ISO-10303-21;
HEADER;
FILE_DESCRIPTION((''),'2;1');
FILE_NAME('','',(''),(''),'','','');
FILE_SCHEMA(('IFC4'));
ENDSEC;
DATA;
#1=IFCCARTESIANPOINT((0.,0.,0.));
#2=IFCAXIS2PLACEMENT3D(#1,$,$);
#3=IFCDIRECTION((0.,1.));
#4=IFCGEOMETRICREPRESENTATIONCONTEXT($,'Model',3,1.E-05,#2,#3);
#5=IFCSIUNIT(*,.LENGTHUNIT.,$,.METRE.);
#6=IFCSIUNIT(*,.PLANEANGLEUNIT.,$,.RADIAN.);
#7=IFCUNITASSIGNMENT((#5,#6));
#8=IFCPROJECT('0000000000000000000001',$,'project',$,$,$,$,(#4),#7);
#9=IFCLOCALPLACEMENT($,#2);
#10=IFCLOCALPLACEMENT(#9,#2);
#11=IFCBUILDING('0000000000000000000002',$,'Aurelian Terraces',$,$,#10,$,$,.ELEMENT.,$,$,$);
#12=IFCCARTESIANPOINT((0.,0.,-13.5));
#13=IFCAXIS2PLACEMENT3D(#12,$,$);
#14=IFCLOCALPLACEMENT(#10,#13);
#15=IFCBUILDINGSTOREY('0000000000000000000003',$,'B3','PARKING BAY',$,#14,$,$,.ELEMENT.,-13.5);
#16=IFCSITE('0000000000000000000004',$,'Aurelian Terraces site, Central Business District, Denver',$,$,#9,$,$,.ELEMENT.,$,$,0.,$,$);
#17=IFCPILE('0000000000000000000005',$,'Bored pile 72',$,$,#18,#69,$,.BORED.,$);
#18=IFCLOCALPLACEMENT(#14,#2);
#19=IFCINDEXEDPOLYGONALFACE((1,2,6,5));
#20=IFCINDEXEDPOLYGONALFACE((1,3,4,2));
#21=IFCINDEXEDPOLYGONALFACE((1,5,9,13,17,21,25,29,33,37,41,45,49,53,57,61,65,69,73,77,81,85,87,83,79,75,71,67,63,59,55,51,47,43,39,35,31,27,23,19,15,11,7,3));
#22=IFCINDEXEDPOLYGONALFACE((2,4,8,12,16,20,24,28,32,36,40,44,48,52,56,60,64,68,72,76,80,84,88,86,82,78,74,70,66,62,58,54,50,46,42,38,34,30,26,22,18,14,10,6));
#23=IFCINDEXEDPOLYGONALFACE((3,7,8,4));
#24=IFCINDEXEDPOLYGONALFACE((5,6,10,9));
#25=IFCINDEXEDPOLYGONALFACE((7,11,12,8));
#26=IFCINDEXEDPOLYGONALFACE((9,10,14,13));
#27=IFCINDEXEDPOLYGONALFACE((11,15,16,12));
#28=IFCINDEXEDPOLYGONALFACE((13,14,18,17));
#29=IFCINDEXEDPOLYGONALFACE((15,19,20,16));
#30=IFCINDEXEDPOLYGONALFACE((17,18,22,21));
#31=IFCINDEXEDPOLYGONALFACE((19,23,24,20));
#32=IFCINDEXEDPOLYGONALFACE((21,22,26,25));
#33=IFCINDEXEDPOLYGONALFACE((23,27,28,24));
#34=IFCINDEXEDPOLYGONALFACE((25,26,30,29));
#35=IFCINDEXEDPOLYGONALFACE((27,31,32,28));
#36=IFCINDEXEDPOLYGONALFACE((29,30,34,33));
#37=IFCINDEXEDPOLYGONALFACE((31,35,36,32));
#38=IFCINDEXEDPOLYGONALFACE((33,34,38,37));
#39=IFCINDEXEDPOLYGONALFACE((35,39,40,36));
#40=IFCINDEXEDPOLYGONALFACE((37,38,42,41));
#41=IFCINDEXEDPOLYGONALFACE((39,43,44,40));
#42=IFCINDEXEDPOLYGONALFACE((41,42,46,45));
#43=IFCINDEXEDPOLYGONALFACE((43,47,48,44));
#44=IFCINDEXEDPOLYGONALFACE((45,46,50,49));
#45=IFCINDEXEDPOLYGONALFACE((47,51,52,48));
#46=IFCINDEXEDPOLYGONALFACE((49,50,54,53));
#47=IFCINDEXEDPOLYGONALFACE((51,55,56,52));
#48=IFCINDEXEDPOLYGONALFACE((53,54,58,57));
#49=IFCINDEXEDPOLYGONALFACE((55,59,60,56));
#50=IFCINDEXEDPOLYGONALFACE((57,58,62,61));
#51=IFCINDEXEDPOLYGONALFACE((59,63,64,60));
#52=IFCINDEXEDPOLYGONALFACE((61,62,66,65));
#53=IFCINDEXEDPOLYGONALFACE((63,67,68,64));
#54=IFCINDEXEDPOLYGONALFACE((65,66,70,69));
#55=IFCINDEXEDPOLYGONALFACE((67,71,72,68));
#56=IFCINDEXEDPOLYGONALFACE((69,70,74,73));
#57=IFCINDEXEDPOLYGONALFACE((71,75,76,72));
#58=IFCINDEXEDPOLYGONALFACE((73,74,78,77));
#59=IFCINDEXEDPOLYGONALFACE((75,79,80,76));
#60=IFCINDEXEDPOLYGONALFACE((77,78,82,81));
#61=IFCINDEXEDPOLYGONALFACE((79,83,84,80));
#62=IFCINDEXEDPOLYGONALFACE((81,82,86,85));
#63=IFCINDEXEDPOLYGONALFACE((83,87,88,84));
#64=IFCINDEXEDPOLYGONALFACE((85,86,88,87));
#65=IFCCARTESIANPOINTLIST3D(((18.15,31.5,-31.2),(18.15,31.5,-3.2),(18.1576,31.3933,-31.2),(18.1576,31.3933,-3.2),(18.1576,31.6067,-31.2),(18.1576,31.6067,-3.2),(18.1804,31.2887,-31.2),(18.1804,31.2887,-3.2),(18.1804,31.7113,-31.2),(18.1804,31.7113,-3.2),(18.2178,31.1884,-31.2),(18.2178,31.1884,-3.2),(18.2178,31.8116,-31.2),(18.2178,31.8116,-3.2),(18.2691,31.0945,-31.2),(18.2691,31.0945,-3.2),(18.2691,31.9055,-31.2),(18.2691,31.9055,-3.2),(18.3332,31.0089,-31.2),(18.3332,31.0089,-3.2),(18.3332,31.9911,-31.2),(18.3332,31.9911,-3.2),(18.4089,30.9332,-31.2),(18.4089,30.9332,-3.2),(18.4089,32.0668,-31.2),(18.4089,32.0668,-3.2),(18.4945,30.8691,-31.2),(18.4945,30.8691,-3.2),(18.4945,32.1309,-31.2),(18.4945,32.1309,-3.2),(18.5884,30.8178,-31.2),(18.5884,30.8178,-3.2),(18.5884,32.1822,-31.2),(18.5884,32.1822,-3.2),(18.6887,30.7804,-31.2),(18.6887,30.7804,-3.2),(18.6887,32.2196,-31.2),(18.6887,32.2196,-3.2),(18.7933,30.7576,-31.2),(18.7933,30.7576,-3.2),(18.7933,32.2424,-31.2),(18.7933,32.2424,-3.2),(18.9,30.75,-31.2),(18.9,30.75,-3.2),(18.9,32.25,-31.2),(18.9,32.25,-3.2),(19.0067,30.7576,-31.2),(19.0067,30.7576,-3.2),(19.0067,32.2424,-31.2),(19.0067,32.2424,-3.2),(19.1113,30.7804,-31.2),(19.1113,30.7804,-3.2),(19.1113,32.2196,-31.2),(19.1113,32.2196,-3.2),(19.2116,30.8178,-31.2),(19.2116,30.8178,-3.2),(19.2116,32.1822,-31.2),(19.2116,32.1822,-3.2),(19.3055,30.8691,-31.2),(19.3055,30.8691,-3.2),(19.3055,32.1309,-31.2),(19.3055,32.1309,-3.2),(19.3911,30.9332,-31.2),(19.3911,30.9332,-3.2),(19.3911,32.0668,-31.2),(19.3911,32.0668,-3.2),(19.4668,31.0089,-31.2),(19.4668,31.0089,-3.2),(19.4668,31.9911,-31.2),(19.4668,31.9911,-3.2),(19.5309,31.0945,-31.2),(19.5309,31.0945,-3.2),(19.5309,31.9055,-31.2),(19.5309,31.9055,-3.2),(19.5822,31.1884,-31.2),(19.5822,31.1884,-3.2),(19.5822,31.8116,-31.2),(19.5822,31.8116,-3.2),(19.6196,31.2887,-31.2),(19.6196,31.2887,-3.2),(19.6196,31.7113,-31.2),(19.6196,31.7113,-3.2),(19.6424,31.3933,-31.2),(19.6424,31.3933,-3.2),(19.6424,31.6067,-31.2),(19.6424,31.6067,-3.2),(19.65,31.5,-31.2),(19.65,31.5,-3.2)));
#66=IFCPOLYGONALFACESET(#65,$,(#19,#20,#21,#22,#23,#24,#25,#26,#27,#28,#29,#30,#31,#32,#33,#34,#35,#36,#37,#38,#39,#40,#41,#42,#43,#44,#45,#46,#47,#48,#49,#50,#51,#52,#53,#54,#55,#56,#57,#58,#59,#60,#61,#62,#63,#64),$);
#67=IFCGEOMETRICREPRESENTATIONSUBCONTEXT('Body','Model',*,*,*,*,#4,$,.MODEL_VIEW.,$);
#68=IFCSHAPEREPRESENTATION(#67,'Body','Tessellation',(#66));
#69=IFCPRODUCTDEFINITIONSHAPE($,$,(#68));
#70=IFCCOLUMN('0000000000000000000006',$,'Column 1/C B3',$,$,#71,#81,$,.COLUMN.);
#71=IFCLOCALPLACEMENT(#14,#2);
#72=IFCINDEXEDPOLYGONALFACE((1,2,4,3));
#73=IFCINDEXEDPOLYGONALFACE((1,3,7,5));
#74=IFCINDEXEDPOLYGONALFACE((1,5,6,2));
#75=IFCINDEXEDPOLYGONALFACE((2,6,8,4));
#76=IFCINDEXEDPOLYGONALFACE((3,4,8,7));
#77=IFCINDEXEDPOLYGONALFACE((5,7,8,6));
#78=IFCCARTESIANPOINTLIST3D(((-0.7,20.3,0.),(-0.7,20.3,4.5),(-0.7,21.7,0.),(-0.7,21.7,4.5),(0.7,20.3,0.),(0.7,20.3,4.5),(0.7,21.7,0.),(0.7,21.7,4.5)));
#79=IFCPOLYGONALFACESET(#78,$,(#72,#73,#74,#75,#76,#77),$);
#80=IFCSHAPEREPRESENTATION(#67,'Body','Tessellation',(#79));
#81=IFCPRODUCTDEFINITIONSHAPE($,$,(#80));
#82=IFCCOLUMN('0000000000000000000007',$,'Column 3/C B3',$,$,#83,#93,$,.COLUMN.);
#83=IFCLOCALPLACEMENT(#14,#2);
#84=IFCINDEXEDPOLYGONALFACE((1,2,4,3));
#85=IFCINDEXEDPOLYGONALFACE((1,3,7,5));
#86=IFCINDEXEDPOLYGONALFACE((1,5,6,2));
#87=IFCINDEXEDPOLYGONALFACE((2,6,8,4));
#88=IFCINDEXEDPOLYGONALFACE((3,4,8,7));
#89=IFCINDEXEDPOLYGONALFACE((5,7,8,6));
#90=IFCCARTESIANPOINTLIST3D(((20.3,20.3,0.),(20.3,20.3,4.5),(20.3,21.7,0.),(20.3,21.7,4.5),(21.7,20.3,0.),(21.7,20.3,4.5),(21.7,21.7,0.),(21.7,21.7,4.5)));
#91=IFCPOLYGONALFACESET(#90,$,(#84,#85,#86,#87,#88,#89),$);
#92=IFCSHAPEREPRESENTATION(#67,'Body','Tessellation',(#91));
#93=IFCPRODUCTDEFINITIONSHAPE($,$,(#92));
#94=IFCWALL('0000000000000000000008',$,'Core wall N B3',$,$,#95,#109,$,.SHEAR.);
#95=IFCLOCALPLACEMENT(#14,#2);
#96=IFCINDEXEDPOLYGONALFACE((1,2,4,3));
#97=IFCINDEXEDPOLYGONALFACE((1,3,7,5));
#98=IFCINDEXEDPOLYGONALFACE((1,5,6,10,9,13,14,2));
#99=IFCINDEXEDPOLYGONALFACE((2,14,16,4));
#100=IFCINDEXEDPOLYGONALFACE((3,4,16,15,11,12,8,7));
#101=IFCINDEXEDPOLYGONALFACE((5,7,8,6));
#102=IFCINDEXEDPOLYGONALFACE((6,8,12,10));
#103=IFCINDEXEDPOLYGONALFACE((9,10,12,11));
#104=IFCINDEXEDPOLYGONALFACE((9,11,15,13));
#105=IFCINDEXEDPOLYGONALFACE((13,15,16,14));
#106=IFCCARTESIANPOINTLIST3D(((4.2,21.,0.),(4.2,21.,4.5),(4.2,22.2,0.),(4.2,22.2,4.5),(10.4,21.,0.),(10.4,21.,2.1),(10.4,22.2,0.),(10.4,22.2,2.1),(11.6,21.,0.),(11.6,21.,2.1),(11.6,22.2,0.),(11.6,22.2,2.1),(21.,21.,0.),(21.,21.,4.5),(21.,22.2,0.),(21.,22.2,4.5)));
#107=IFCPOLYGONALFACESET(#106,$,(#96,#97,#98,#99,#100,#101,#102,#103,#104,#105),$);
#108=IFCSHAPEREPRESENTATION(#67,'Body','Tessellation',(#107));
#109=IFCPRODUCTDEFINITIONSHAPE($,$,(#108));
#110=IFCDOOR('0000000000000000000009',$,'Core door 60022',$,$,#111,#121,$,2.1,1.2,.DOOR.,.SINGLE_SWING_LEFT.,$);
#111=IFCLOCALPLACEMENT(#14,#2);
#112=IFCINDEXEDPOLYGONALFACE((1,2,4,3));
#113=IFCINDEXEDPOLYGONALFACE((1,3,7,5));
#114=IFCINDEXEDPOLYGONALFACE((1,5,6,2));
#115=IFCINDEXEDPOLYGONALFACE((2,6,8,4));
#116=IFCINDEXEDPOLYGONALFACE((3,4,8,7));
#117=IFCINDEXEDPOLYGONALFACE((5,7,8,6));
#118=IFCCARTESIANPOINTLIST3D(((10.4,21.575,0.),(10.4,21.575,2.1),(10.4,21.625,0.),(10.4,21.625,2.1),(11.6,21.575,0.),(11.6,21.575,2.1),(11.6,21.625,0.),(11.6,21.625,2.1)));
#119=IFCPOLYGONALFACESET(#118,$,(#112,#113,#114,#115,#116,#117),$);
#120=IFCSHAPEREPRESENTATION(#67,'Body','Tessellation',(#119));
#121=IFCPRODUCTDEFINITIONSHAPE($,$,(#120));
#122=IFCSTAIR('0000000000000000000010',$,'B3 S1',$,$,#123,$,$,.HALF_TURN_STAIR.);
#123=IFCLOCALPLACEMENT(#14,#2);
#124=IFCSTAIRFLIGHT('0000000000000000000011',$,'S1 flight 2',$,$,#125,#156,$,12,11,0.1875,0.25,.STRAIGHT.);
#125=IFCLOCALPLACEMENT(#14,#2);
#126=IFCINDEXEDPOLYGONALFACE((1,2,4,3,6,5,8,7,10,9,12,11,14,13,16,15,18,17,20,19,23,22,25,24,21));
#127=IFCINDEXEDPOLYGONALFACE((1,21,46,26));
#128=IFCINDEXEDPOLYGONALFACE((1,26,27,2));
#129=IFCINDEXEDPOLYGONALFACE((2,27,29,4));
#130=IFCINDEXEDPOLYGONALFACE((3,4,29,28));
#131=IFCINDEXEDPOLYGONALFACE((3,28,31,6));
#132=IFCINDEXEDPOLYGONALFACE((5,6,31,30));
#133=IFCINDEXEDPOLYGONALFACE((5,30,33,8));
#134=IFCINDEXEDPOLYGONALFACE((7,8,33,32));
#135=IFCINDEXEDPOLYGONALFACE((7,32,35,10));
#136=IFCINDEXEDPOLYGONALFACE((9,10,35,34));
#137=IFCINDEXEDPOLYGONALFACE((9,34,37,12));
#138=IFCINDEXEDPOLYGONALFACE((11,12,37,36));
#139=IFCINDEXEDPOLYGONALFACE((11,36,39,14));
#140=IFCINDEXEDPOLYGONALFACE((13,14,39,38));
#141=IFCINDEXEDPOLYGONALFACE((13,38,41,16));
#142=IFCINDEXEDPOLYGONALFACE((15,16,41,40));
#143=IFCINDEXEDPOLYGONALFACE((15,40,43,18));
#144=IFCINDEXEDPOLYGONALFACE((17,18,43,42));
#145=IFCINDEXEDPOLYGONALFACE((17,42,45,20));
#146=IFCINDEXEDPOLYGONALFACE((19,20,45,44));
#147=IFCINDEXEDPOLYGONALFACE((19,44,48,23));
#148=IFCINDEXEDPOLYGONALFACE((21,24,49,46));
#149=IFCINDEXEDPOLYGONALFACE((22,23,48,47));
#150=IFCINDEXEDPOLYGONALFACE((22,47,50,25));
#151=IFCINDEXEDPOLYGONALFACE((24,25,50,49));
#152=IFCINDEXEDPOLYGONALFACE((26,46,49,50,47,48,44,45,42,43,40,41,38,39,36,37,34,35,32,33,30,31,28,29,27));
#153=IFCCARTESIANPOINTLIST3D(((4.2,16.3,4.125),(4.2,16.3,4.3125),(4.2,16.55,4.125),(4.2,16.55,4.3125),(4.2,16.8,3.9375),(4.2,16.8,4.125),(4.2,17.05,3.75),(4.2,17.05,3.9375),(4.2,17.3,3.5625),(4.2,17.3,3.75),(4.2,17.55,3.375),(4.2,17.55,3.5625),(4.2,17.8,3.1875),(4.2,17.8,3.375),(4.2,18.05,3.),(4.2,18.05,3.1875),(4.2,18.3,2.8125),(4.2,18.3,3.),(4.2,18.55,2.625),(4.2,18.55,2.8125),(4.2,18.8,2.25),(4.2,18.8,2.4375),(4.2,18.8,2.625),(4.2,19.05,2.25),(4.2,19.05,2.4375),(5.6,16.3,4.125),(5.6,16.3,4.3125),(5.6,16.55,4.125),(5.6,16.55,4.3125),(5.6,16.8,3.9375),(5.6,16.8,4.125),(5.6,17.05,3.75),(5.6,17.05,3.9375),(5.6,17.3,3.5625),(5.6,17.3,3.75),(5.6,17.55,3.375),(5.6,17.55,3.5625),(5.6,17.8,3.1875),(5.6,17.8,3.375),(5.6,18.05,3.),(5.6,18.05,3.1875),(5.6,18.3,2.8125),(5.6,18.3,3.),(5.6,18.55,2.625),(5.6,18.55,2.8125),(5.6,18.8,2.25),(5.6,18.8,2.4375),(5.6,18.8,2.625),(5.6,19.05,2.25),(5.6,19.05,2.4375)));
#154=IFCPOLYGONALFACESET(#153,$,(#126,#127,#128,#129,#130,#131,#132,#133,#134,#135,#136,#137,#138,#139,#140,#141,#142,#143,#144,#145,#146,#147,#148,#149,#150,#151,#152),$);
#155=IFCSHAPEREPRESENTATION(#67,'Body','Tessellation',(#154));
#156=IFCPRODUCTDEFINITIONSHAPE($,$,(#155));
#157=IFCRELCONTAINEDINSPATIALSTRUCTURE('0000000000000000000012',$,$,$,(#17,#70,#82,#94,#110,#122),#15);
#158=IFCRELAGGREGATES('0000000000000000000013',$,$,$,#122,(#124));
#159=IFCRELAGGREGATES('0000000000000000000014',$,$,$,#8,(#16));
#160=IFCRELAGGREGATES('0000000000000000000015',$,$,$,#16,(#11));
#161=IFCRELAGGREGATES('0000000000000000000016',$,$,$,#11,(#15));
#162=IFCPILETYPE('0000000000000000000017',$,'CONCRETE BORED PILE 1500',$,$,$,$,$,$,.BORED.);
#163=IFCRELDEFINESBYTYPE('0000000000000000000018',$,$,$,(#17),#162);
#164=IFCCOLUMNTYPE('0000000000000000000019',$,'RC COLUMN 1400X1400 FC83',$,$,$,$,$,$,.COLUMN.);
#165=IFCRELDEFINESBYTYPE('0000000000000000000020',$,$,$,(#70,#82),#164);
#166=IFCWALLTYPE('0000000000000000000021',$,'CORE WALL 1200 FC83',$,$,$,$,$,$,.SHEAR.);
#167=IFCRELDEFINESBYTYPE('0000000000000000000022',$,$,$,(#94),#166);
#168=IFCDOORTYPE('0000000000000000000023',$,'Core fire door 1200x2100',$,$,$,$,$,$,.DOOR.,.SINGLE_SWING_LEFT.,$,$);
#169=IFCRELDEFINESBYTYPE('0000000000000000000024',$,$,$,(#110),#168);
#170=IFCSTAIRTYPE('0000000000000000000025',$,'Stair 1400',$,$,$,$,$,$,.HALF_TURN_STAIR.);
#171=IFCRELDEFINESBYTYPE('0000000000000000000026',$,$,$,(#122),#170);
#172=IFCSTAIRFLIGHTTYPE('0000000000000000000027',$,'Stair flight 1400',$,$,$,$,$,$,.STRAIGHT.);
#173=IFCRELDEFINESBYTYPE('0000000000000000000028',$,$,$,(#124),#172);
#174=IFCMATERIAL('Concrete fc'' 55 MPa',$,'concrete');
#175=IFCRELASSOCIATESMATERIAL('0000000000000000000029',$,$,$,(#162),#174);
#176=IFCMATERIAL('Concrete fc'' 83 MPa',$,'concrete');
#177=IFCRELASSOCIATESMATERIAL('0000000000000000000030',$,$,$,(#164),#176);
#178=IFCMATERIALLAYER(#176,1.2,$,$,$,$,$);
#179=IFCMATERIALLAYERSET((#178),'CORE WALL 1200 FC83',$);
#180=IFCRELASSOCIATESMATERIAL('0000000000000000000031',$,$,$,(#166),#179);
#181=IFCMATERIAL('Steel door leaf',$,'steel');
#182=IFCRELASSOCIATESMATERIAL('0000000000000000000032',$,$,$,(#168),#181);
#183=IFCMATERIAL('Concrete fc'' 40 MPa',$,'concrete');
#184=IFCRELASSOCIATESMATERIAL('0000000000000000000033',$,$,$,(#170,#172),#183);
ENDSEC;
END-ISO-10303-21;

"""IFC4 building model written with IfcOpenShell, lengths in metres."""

from ifc_helpers import new_model, si_unit, direction, frame, frame_2d, origin, origin_2d, place, context, subcontext, project, spatial, polyline, rectangle, circle, outline, extrude, source, transform, mapped, material, layer, layer_set, material_profile, profile_set, type_object, element, fill, aggregate, save


model = new_model("IFC4")

# Units and contexts
model_context = context("Model", 3, precision=1e-05, world=origin(), true_north=direction((0.0, 1.0)))
body_context = subcontext(model_context, "Body", "Model", "MODEL_VIEW")
ifc_project = project(units=[si_unit("LENGTHUNIT", "METRE"), si_unit("PLANEANGLEUNIT", "RADIAN")], contexts=[model_context])

# Site, building, storey
site_placement = place(None, origin())
site = spatial("IfcSite", under=ifc_project, at=site_placement, Name="Aurelian Terraces site, Central Business District, Denver", CompositionType="ELEMENT", RefElevation=0.0)
building_placement = place(site_placement, origin())
building = spatial("IfcBuilding", under=site, at=building_placement, Name="Aurelian Terraces", CompositionType="ELEMENT")
storey_placement = place(building_placement, frame((0.0, 0.0, -13.5)))
storey = spatial("IfcBuildingStorey", under=building, at=storey_placement, Name="B3", Description="PARKING BAY", CompositionType="ELEMENT", Elevation=-13.5)

# Pile
ifc_material_1 = material(Name="Concrete fc' 55 MPa", Category="concrete")
ifc_material_profile_1 = material_profile(ifc_material_1, circle(Radius=0.75, at=origin_2d()))
ifc_profile_set_1 = profile_set([ifc_material_profile_1], Name="Concrete fc' 55 MPa")
pile_type = type_object("IfcPileType", Name="CONCRETE BORED PILE 1500", PredefinedType="BORED", material=ifc_profile_set_1)
shared_shape_1 = source(origin(), body_context, "Body", "SweptSolid", [
    extrude(circle(Radius=0.75, at=origin_2d()), origin(), (0.0, 0.0, 1.0), 28.0),
])
for number, where, z_axis, x_axis, name in (
    (1, (18.9, 31.5, -3.2), (0.0, 0.0, -1.0), (1.0, 0.0, 0.0), "Bored pile 72"),
):
    element("IfcPile", number, at=place(storey_placement, frame(where, z_axis=z_axis, x_axis=x_axis)), inside=storey, type_object=pile_type, Name=name, PredefinedType="BORED", context=body_context, shape_type="MappedRepresentation", body=[
        mapped(shared_shape_1, transform((0.0, 0.0, 0.0), scale=1.0)),
    ])

# Columns
ifc_material_2 = material(Name="Concrete fc' 83 MPa", Category="concrete")
ifc_material_profile_2 = material_profile(ifc_material_2, rectangle(XDim=1.4, YDim=1.4, at=origin_2d()))
ifc_profile_set_2 = profile_set([ifc_material_profile_2], Name="Concrete fc' 83 MPa")
column_type = type_object("IfcColumnType", Name="RC COLUMN 1400X1400 FC83", PredefinedType="COLUMN", material=ifc_profile_set_2)
shared_shape_2 = source(origin(), body_context, "Body", "SweptSolid", [
    extrude(rectangle(XDim=1.4, YDim=1.4, at=origin_2d()), origin(), (0.0, 0.0, 1.0), 4.5),
])
for number, where, z_axis, x_axis, name in (
    (2, (0.0, 21.0, 0.0), (0.0, 0.0, 1.0), (1.0, 0.0, 0.0), "Column 1/C B3"),
    (3, (21.0, 21.0, 0.0), (0.0, 0.0, 1.0), (1.0, 0.0, 0.0), "Column 3/C B3"),
):
    element("IfcColumn", number, at=place(storey_placement, frame(where, z_axis=z_axis, x_axis=x_axis)), inside=storey, type_object=column_type, Name=name, PredefinedType="COLUMN", context=body_context, shape_type="MappedRepresentation", body=[
        mapped(shared_shape_2, transform((0.0, 0.0, 0.0), scale=1.0)),
    ])

# Wall, opening, door
ifc_layer = layer(ifc_material_2, 1.2)
ifc_layer_set = layer_set([ifc_layer], Name="CORE WALL 1200 FC83")
wall_type = type_object("IfcWallType", Name="CORE WALL 1200 FC83", PredefinedType="SHEAR", material=ifc_layer_set)
shared_shape_3 = source(origin(), body_context, "Body", "SweptSolid", [
    extrude(rectangle(XDim=16.8, YDim=1.2, at=frame_2d((8.4, 0.0))), origin(), (0.0, 0.0, 1.0), 4.5),
])
wall_placement = place(storey_placement, frame((4.2, 21.6, 0.0), z_axis=(0.0, 0.0, 1.0), x_axis=(1.0, 0.0, 0.0)))
wall = element("IfcWall", 4, at=wall_placement, inside=storey, type_object=wall_type, Name="Core wall N B3", PredefinedType="SHEAR", context=body_context, shape_type="MappedRepresentation", body=[
    mapped(shared_shape_3, transform((0.0, 0.0, 0.0), scale=1.0)),
])
opening_placement = place(wall_placement, frame((6.2, 0.0, 0.0)))
opening = element("IfcOpeningElement", 5, at=opening_placement, cuts=wall, PredefinedType="OPENING", context=body_context, shape_type="SweptSolid", body=[
    extrude(rectangle(XDim=1.2, YDim=2.1, at=frame_2d((0.6, 1.05))), frame((0.0, 0.61, 0.0), z_axis=(0.0, -1.0, 0.0), x_axis=(1.0, 0.0, 0.0)), (0.0, 0.0, 1.0), 1.22),
])
ifc_material_3 = material(Name="Steel door leaf", Category="steel")
door_type = type_object("IfcDoorType", Name="Core fire door 1200x2100", OperationType="SINGLE_SWING_LEFT", PredefinedType="DOOR", material=ifc_material_3)
shared_shape_4 = source(origin(), body_context, "Body", "SweptSolid", [
    extrude(rectangle(XDim=1.2, YDim=2.1, at=frame_2d((0.6, 1.05))), frame((0.0, 0.025, 0.0), z_axis=(0.0, -1.0, 0.0), x_axis=(1.0, 0.0, 0.0)), (0.0, 0.0, 1.0), 0.05),
])
door_placement = place(opening_placement, origin())
door = element("IfcDoor", 6, at=door_placement, inside=storey, type_object=door_type, Name="Core door 60022", OperationType="SINGLE_SWING_LEFT", OverallHeight=2.1, OverallWidth=1.2, PredefinedType="DOOR", context=body_context, shape_type="MappedRepresentation", body=[
    mapped(shared_shape_4, transform((0.0, 0.0, 0.0), scale=1.0)),
])
fill(opening, door)

# Stair, stair flight
ifc_material_4 = material(Name="Concrete fc' 40 MPa", Category="concrete")
stair_type = type_object("IfcStairType", Name="Stair 1400", PredefinedType="HALF_TURN_STAIR", material=ifc_material_4)
stair_placement = place(storey_placement, origin())
stair = element("IfcStair", 7, at=stair_placement, inside=storey, type_object=stair_type, Name="B3 S1", PredefinedType="HALF_TURN_STAIR")
stair_flight_type = type_object("IfcStairFlightType", Name="Stair flight 1400", PredefinedType="STRAIGHT", material=ifc_material_4)
shared_shape_5 = source(origin(), body_context, "Body", "SweptSolid", [
    extrude(outline(polyline([(0.0, 0.0), (0.0, 0.1875), (0.25, 0.1875), (0.25, 0.375), (0.5, 0.375), (0.5, 0.5625), (0.75, 0.5625), (0.75, 0.75), (1.0, 0.75), (1.0, 0.9375), (1.25, 0.9375), (1.25, 1.125), (1.5, 1.125), (1.5, 1.3125), (1.75, 1.3125), (1.75, 1.5), (2.0, 1.5), (2.0, 1.6875), (2.25, 1.6875), (2.25, 1.875), (2.5, 1.875), (2.5, 2.0625), (2.75, 2.0625), (2.75, 2.25), (2.75, 1.875), (0.25, 0.0), (0.0, 0.0)])), frame((0.0, 0.7, 0.0), z_axis=(0.0, -1.0, 0.0), x_axis=(1.0, 0.0, 0.0)), (0.0, 0.0, 1.0), 1.4),
])
stair_flight_placement = place(storey_placement, frame((4.9, 19.05, 2.25), z_axis=(0.0, 0.0, 1.0), x_axis=(0.0, -1.0, 0.0)))
stair_flight = element("IfcStairFlight", 8, at=stair_flight_placement, type_object=stair_flight_type, Name="S1 flight 2", NumberOfRisers=12, NumberOfTreads=11, PredefinedType="STRAIGHT", RiserHeight=0.1875, TreadLength=0.25, context=body_context, shape_type="MappedRepresentation", body=[
    mapped(shared_shape_5, transform((0.0, 0.0, 0.0), scale=1.0)),
])
aggregate(stair, [stair_flight])

save(model, "model.ifc")
